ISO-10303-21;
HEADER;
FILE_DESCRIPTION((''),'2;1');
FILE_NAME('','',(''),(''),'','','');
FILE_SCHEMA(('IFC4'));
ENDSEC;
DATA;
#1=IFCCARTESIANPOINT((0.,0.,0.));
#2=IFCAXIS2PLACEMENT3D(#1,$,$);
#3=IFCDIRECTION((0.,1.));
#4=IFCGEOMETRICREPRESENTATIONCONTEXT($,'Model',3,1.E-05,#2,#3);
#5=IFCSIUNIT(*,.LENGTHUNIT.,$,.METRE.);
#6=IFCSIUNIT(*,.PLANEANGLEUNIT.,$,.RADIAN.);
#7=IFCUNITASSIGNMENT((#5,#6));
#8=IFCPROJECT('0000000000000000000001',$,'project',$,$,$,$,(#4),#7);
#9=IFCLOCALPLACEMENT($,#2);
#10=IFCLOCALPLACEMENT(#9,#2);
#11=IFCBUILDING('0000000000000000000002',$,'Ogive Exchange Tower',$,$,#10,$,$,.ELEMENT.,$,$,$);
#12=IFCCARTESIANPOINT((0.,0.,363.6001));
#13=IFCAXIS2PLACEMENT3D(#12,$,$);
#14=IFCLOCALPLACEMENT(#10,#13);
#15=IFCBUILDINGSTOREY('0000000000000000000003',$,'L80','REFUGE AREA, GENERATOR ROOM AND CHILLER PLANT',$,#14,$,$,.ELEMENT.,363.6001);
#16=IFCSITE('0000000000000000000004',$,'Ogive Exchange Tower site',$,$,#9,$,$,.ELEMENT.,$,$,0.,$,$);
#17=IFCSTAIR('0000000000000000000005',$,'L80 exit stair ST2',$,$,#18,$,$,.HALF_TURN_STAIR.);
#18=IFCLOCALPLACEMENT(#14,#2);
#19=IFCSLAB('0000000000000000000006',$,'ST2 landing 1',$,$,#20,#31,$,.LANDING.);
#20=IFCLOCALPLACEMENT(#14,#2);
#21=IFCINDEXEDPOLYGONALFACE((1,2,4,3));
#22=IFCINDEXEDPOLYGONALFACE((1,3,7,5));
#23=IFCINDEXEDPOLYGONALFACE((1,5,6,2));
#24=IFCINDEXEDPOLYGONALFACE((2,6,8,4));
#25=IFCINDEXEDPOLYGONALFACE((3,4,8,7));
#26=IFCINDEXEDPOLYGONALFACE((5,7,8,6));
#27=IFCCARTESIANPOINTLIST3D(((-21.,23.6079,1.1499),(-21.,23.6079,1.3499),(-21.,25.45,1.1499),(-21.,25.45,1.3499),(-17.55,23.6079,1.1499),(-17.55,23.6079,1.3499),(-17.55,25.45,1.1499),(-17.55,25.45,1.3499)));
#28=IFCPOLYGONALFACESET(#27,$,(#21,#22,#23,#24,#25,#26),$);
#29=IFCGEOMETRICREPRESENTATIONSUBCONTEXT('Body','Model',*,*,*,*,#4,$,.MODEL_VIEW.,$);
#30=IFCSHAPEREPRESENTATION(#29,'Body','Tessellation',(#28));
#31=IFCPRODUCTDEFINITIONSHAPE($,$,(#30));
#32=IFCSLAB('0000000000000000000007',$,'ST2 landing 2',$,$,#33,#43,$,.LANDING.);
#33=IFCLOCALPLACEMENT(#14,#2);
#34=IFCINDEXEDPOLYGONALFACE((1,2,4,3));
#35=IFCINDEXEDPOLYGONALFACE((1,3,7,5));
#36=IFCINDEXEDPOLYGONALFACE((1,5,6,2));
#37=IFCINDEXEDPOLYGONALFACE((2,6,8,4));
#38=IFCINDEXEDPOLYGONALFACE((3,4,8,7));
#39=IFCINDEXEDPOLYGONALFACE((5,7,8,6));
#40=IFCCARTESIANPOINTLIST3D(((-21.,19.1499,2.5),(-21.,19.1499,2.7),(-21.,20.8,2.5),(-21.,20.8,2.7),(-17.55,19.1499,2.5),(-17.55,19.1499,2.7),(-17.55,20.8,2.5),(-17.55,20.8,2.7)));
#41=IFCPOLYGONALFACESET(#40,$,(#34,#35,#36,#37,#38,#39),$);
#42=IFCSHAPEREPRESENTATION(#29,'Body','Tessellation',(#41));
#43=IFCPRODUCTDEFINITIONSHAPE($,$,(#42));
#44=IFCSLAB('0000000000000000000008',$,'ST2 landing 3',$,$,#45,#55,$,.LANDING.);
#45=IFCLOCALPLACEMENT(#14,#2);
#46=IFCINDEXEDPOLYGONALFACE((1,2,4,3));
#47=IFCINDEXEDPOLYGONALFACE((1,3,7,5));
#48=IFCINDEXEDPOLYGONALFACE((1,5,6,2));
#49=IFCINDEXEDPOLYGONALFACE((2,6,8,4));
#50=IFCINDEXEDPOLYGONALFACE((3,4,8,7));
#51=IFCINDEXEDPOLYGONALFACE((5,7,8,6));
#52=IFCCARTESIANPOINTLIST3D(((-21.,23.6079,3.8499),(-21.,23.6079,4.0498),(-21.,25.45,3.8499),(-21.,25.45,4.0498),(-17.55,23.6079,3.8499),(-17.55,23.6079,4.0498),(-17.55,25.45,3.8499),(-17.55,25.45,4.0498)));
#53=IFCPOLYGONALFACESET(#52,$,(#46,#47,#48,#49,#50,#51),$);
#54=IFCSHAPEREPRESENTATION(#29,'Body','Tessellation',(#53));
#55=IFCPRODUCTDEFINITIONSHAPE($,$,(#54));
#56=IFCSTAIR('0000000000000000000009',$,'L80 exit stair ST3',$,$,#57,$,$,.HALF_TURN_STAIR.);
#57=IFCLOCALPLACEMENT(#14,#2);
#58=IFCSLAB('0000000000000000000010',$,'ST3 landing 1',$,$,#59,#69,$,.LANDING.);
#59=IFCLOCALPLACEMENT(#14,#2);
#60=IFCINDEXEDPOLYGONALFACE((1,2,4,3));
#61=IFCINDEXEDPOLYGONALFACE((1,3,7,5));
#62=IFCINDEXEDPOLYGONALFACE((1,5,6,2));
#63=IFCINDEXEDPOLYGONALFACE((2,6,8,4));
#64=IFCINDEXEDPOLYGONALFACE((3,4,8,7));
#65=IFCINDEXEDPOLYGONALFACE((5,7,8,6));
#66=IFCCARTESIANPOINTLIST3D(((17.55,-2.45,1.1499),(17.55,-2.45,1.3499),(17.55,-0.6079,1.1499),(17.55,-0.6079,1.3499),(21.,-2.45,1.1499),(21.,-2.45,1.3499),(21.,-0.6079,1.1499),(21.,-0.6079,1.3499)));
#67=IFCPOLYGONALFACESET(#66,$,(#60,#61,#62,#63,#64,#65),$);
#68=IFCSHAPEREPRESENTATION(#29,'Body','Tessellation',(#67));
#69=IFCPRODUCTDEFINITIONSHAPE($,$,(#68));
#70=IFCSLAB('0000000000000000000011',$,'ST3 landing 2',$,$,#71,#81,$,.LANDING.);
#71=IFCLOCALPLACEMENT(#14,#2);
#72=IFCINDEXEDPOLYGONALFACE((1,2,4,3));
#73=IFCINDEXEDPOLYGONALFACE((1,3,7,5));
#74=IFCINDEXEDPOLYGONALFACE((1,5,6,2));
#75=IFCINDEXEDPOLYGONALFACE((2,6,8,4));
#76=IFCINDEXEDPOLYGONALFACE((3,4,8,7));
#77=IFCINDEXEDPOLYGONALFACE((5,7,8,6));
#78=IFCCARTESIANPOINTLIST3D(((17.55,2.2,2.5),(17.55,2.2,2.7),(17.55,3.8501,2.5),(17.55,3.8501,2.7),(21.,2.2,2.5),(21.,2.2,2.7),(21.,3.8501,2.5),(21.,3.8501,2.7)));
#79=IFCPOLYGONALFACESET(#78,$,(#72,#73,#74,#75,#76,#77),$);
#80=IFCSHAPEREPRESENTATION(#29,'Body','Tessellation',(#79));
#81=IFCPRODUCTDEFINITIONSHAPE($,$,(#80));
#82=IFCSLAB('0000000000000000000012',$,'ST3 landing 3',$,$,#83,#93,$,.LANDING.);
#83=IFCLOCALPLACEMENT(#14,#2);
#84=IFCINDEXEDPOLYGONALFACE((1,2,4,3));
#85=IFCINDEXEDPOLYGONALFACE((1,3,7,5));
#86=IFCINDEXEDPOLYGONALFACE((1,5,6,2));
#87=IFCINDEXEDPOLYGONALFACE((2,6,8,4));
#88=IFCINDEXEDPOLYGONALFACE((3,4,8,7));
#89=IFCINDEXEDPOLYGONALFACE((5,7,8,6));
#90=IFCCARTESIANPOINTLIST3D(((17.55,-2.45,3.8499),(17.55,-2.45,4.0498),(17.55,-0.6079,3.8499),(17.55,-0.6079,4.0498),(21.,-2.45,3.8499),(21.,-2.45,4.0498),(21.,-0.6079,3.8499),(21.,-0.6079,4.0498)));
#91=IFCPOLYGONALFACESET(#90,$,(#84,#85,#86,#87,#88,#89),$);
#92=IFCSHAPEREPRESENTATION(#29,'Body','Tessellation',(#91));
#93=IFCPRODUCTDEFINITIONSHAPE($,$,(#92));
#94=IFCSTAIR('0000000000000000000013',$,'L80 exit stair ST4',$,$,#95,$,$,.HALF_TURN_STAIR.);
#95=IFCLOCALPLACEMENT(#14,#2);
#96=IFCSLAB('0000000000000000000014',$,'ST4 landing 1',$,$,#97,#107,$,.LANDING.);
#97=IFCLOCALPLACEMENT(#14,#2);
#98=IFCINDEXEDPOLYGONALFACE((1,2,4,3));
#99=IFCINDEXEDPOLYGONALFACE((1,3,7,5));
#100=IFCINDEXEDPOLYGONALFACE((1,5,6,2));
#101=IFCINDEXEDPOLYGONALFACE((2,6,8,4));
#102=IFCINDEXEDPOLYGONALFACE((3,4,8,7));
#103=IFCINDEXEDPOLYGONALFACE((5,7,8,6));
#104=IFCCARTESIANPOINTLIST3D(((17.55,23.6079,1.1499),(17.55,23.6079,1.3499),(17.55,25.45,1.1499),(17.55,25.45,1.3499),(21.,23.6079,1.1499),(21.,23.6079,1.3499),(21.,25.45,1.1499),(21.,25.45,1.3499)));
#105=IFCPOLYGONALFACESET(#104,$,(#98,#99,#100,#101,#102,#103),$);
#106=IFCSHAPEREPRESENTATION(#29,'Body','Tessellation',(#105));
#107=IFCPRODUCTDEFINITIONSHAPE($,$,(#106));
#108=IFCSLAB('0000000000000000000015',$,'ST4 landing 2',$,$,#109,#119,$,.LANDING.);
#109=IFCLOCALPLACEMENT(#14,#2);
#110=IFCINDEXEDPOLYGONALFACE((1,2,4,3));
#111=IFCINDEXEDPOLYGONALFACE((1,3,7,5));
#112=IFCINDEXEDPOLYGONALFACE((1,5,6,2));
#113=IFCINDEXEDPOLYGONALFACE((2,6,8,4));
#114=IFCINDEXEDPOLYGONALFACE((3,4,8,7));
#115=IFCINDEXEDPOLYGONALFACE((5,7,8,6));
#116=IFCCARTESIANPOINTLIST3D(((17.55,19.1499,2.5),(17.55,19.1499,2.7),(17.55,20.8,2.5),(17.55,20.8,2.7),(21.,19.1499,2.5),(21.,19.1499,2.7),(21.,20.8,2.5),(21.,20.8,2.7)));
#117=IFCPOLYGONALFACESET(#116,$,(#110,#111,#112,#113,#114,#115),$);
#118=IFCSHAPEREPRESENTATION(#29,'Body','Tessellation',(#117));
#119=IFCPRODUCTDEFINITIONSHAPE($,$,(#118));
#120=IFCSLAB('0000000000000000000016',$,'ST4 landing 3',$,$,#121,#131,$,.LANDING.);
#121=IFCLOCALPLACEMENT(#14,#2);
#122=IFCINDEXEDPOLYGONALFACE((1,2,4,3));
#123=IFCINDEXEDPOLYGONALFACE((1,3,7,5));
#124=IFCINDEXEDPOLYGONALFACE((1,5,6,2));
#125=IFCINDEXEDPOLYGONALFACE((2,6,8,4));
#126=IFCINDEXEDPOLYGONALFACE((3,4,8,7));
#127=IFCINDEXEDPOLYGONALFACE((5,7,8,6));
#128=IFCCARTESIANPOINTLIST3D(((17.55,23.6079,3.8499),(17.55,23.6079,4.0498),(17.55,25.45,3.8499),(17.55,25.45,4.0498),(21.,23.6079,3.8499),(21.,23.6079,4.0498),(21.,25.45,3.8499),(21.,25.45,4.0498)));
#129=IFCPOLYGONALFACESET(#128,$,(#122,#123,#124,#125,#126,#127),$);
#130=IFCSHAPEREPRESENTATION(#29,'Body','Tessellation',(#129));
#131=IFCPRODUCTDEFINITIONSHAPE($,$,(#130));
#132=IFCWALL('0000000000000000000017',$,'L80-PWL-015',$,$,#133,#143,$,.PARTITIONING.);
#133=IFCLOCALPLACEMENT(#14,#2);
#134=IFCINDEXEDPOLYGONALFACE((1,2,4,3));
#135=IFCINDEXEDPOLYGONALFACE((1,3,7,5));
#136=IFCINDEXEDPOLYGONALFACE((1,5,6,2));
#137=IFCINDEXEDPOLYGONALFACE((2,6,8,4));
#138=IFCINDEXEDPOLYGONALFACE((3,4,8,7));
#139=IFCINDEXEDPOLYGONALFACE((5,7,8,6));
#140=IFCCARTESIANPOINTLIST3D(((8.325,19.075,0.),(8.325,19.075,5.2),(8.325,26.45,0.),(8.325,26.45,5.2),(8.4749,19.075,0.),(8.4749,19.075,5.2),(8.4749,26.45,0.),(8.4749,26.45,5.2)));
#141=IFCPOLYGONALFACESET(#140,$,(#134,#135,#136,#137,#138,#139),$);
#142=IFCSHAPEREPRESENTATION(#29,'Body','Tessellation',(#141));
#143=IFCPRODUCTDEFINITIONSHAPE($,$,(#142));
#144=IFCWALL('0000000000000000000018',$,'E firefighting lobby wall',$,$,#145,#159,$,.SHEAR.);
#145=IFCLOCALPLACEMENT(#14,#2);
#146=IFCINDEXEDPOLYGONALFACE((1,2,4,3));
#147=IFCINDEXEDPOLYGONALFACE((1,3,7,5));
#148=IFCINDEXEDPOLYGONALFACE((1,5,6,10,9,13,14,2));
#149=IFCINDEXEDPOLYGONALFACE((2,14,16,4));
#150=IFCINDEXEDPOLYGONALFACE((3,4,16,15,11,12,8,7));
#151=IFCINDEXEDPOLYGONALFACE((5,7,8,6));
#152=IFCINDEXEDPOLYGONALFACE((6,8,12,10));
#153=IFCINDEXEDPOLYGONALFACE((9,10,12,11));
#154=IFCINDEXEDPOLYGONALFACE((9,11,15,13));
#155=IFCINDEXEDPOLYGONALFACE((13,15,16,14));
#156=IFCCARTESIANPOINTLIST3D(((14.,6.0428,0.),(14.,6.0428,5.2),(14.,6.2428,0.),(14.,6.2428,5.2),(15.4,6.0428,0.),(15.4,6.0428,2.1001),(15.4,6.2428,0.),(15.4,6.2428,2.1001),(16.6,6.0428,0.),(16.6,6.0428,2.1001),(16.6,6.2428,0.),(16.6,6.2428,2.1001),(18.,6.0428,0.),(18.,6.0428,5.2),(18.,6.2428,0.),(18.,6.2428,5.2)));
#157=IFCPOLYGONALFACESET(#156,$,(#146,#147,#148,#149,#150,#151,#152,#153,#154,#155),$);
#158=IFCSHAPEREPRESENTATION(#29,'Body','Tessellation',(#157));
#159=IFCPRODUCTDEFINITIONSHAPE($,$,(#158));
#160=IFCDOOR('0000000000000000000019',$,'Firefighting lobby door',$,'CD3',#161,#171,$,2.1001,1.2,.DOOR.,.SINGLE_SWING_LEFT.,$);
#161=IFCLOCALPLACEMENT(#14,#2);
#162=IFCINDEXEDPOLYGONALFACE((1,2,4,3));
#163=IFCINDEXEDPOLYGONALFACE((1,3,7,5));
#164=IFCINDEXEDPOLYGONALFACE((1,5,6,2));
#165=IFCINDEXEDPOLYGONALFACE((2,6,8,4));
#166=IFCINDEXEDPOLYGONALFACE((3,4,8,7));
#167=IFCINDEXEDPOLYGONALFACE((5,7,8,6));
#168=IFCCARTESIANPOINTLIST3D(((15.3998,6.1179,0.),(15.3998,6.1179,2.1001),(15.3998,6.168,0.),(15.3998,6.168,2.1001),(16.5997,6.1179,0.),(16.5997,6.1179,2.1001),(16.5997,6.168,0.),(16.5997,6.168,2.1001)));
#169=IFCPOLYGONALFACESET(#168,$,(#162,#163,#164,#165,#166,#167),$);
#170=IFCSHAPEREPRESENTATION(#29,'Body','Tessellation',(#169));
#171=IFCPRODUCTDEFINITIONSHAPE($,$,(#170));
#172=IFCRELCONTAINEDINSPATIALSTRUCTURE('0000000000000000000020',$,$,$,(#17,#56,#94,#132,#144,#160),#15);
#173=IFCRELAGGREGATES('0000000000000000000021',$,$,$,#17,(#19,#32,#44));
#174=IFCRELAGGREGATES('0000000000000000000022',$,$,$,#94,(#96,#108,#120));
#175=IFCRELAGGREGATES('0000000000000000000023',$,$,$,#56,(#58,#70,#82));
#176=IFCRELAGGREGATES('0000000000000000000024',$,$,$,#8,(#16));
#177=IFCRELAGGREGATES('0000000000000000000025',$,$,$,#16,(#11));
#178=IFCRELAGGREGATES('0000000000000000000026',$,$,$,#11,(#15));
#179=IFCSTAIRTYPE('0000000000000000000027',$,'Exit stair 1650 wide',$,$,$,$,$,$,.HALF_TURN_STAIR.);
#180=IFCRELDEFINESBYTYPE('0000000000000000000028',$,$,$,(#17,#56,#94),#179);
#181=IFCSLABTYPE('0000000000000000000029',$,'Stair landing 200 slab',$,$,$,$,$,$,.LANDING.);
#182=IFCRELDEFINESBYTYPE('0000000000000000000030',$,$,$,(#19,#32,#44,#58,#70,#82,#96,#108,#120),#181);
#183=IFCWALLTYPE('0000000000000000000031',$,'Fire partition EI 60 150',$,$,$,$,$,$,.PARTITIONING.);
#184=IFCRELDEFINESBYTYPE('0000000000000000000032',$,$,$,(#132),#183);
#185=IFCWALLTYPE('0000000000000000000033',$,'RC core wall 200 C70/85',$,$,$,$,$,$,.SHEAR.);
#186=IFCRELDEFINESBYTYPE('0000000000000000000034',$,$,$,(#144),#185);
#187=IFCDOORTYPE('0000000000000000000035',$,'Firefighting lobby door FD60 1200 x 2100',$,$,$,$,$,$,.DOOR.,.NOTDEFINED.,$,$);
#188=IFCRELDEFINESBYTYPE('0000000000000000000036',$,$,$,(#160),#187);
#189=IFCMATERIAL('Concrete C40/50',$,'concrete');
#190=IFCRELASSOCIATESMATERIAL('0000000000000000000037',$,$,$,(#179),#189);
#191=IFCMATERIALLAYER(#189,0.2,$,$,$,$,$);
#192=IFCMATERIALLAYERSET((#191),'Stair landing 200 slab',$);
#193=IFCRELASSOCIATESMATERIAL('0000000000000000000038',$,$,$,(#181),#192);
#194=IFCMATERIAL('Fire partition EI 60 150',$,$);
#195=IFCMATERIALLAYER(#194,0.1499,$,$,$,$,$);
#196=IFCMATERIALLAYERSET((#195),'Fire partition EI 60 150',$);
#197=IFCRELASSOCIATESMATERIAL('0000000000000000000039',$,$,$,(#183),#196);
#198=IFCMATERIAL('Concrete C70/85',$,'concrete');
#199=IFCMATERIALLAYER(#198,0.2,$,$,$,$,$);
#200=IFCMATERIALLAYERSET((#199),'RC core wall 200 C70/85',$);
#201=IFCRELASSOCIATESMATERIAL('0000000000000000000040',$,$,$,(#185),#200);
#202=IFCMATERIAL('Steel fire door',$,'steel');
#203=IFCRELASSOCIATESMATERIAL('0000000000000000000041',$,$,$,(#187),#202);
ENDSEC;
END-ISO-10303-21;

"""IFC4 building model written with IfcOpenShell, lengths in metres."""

from ifc_helpers import new_model, si_unit, direction, frame, frame_2d, origin, place, context, subcontext, project, spatial, polyline, rectangle, outline, extrude, material, layer, layer_set, type_object, element, fill, aggregate, save


model = new_model("IFC4")

# Units and contexts
model_context = context("Model", 3, precision=1e-05, world=origin(), true_north=direction((0.0, 1.0)))
body_context = subcontext(model_context, "Body", "Model", "MODEL_VIEW")
ifc_project = project(units=[si_unit("LENGTHUNIT", "METRE"), si_unit("PLANEANGLEUNIT", "RADIAN")], contexts=[model_context])

# Site, building, storey
site_placement = place(None, origin())
site = spatial("IfcSite", under=ifc_project, at=site_placement, Name="Ogive Exchange Tower site", CompositionType="ELEMENT", RefElevation=0.0)
building_placement = place(site_placement, origin())
building = spatial("IfcBuilding", under=site, at=building_placement, Name="Ogive Exchange Tower", CompositionType="ELEMENT")
storey_placement = place(building_placement, frame((0.0, 0.0, 363.6001)))
storey = spatial("IfcBuildingStorey", under=building, at=storey_placement, Name="L80", Description="REFUGE AREA, GENERATOR ROOM AND CHILLER PLANT", CompositionType="ELEMENT", Elevation=363.6001)

# Shared definitions
ifc_material_1 = material(Name="Concrete C70/85", Category="concrete")

# Stairs, slabs
ifc_material_2 = material(Name="Concrete C40/50", Category="concrete")
stair_type = type_object("IfcStairType", Name="Exit stair 1650 wide", PredefinedType="HALF_TURN_STAIR", material=ifc_material_2)
ifc_layer_1 = layer(ifc_material_2, 0.2)
ifc_layer_set_1 = layer_set([ifc_layer_1], Name="Stair landing 200 slab")
slab_type_1 = type_object("IfcSlabType", Name="Stair landing 200 slab", PredefinedType="LANDING", material=ifc_layer_set_1)
stair_1_placement = place(storey_placement, origin())
stair_1 = element("IfcStair", 1, at=stair_1_placement, inside=storey, type_object=stair_type, Name="L80 exit stair ST2", PredefinedType="HALF_TURN_STAIR")
slab_1_placement = place(storey_placement, frame((0.0, 0.0, 1.1499)))
slab_1 = element("IfcSlab", 2, at=slab_1_placement, type_object=slab_type_1, Name="ST2 landing 1", PredefinedType="LANDING", context=body_context, shape_type="SweptSolid", body=[
    extrude(outline(polyline([(-17.55, 23.6079), (-17.55, 25.45), (-21.0, 25.45), (-21.0, 23.6079), (-17.55, 23.6079)])), origin(), (0.0, 0.0, 1.0), 0.2),
])
slab_2_placement = place(storey_placement, frame((0.0, 0.0, 2.5)))
slab_2 = element("IfcSlab", 3, at=slab_2_placement, type_object=slab_type_1, Name="ST2 landing 2", PredefinedType="LANDING", context=body_context, shape_type="SweptSolid", body=[
    extrude(outline(polyline([(-17.55, 19.1499), (-17.55, 20.8), (-21.0, 20.8), (-21.0, 19.1499), (-17.55, 19.1499)])), origin(), (0.0, 0.0, 1.0), 0.2),
])
slab_3_placement = place(storey_placement, frame((0.0, 0.0, 3.8499)))
slab_3 = element("IfcSlab", 4, at=slab_3_placement, type_object=slab_type_1, Name="ST2 landing 3", PredefinedType="LANDING", context=body_context, shape_type="SweptSolid", body=[
    extrude(outline(polyline([(-17.55, 23.6079), (-17.55, 25.45), (-21.0, 25.45), (-21.0, 23.6079), (-17.55, 23.6079)])), origin(), (0.0, 0.0, 1.0), 0.2),
])
aggregate(stair_1, [slab_1, slab_2, slab_3])
stair_2_placement = place(storey_placement, origin())
stair_2 = element("IfcStair", 5, at=stair_2_placement, inside=storey, type_object=stair_type, Name="L80 exit stair ST3", PredefinedType="HALF_TURN_STAIR")
slab_4_placement = place(storey_placement, frame((0.0, 0.0, 1.1499)))
slab_4 = element("IfcSlab", 6, at=slab_4_placement, type_object=slab_type_1, Name="ST3 landing 1", PredefinedType="LANDING", context=body_context, shape_type="SweptSolid", body=[
    extrude(outline(polyline([(17.55, -0.6079), (17.55, -2.45), (21.0, -2.45), (21.0, -0.6079), (17.55, -0.6079)])), origin(), (0.0, 0.0, 1.0), 0.2),
])
slab_5_placement = place(storey_placement, frame((0.0, 0.0, 2.5)))
slab_5 = element("IfcSlab", 7, at=slab_5_placement, type_object=slab_type_1, Name="ST3 landing 2", PredefinedType="LANDING", context=body_context, shape_type="SweptSolid", body=[
    extrude(outline(polyline([(17.55, 3.8501), (17.55, 2.2), (21.0, 2.2), (21.0, 3.8501), (17.55, 3.8501)])), origin(), (0.0, 0.0, 1.0), 0.2),
])
slab_6_placement = place(storey_placement, frame((0.0, 0.0, 3.8499)))
slab_6 = element("IfcSlab", 8, at=slab_6_placement, type_object=slab_type_1, Name="ST3 landing 3", PredefinedType="LANDING", context=body_context, shape_type="SweptSolid", body=[
    extrude(outline(polyline([(17.55, -0.6079), (17.55, -2.45), (21.0, -2.45), (21.0, -0.6079), (17.55, -0.6079)])), origin(), (0.0, 0.0, 1.0), 0.2),
])
stair_3_placement = place(storey_placement, origin())
stair_3 = element("IfcStair", 9, at=stair_3_placement, inside=storey, type_object=stair_type, Name="L80 exit stair ST4", PredefinedType="HALF_TURN_STAIR")
slab_7_placement = place(storey_placement, frame((0.0, 0.0, 1.1499)))
slab_7 = element("IfcSlab", 10, at=slab_7_placement, type_object=slab_type_1, Name="ST4 landing 1", PredefinedType="LANDING", context=body_context, shape_type="SweptSolid", body=[
    extrude(outline(polyline([(21.0, 23.6079), (21.0, 25.45), (17.55, 25.45), (17.55, 23.6079), (21.0, 23.6079)])), origin(), (0.0, 0.0, 1.0), 0.2),
])
slab_8_placement = place(storey_placement, frame((0.0, 0.0, 2.5)))
slab_8 = element("IfcSlab", 11, at=slab_8_placement, type_object=slab_type_1, Name="ST4 landing 2", PredefinedType="LANDING", context=body_context, shape_type="SweptSolid", body=[
    extrude(outline(polyline([(21.0, 19.1499), (21.0, 20.8), (17.55, 20.8), (17.55, 19.1499), (21.0, 19.1499)])), origin(), (0.0, 0.0, 1.0), 0.2),
])
slab_9_placement = place(storey_placement, frame((0.0, 0.0, 3.8499)))
slab_9 = element("IfcSlab", 12, at=slab_9_placement, type_object=slab_type_1, Name="ST4 landing 3", PredefinedType="LANDING", context=body_context, shape_type="SweptSolid", body=[
    extrude(outline(polyline([(21.0, 23.6079), (21.0, 25.45), (17.55, 25.45), (17.55, 23.6079), (21.0, 23.6079)])), origin(), (0.0, 0.0, 1.0), 0.2),
])
aggregate(stair_3, [slab_7, slab_8, slab_9])

# Wall
ifc_material_3 = material(Name="Fire partition EI 60 150")
ifc_layer_2 = layer(ifc_material_3, 0.1499)
ifc_layer_set_2 = layer_set([ifc_layer_2], Name="Fire partition EI 60 150")
wall_type_1 = type_object("IfcWallType", Name="Fire partition EI 60 150", PredefinedType="PARTITIONING", material=ifc_layer_set_2)
wall_1_placement = place(storey_placement, frame((8.3999, 19.075, 0.0), z_axis=(0.0, 0.0, 1.0), x_axis=(0.0, 1.0, 0.0)))
element("IfcWall", 13, at=wall_1_placement, inside=storey, type_object=wall_type_1, Name="L80-PWL-015", PredefinedType="PARTITIONING", context=body_context, shape_type="SweptSolid", body=[
    extrude(rectangle(XDim=7.375, YDim=0.1499, at=frame_2d((3.6875, 0.0))), origin(), (0.0, 0.0, 1.0), 5.2),
])

# Wall, opening, door
ifc_layer_3 = layer(ifc_material_1, 0.2)
ifc_layer_set_3 = layer_set([ifc_layer_3], Name="RC core wall 200 C70/85")
wall_type_2 = type_object("IfcWallType", Name="RC core wall 200 C70/85", PredefinedType="SHEAR", material=ifc_layer_set_3)
wall_2_placement = place(storey_placement, frame((14.0, 6.1428, 0.0), z_axis=(0.0, 0.0, 1.0), x_axis=(1.0, 0.0, 0.0)))
wall_2 = element("IfcWall", 14, at=wall_2_placement, inside=storey, type_object=wall_type_2, Name="E firefighting lobby wall", PredefinedType="SHEAR", context=body_context, shape_type="SweptSolid", body=[
    extrude(rectangle(XDim=4.0, YDim=0.2, at=frame_2d((2.0, 0.0))), origin(), (0.0, 0.0, 1.0), 5.2),
])
opening_1_placement = place(wall_2_placement, frame((1.3999, 0.0, 0.0)))
opening_1 = element("IfcOpeningElement", 15, at=opening_1_placement, cuts=wall_2, PredefinedType="OPENING", context=body_context, shape_type="SweptSolid", body=[
    extrude(rectangle(XDim=1.2, YDim=2.1001, at=frame_2d((0.6001, 1.05))), frame((0.0, 0.1099, 0.0), z_axis=(0.0, -1.0, 0.0), x_axis=(1.0, 0.0, 0.0)), (0.0, 0.0, 1.0), 0.22),
])
ifc_material_4 = material(Name="Steel fire door", Category="steel")
door_type_1 = type_object("IfcDoorType", Name="Firefighting lobby door FD60 1200 x 2100", OperationType="NOTDEFINED", PredefinedType="DOOR", material=ifc_material_4)
door_1_placement = place(opening_1_placement, frame((1.2, 0.0, 0.0), z_axis=(0.0, 0.0, 1.0), x_axis=(-1.0, 0.0, 0.0)))
door_1 = element("IfcDoor", 16, at=door_1_placement, inside=storey, type_object=door_type_1, Name="Firefighting lobby door", ObjectType="CD3", OperationType="SINGLE_SWING_LEFT", OverallHeight=2.1001, OverallWidth=1.2, PredefinedType="DOOR", context=body_context, shape_type="SweptSolid", body=[
    extrude(rectangle(XDim=1.2, YDim=2.1001, at=frame_2d((0.6001, 1.05))), frame((0.0, 0.0249, 0.0), z_axis=(0.0, -1.0, 0.0), x_axis=(1.0, 0.0, 0.0)), (0.0, 0.0, 1.0), 0.05),
])
fill(opening_1, door_1)

aggregate(stair_2, [slab_4, slab_5, slab_6])

save(model, "model.ifc")
